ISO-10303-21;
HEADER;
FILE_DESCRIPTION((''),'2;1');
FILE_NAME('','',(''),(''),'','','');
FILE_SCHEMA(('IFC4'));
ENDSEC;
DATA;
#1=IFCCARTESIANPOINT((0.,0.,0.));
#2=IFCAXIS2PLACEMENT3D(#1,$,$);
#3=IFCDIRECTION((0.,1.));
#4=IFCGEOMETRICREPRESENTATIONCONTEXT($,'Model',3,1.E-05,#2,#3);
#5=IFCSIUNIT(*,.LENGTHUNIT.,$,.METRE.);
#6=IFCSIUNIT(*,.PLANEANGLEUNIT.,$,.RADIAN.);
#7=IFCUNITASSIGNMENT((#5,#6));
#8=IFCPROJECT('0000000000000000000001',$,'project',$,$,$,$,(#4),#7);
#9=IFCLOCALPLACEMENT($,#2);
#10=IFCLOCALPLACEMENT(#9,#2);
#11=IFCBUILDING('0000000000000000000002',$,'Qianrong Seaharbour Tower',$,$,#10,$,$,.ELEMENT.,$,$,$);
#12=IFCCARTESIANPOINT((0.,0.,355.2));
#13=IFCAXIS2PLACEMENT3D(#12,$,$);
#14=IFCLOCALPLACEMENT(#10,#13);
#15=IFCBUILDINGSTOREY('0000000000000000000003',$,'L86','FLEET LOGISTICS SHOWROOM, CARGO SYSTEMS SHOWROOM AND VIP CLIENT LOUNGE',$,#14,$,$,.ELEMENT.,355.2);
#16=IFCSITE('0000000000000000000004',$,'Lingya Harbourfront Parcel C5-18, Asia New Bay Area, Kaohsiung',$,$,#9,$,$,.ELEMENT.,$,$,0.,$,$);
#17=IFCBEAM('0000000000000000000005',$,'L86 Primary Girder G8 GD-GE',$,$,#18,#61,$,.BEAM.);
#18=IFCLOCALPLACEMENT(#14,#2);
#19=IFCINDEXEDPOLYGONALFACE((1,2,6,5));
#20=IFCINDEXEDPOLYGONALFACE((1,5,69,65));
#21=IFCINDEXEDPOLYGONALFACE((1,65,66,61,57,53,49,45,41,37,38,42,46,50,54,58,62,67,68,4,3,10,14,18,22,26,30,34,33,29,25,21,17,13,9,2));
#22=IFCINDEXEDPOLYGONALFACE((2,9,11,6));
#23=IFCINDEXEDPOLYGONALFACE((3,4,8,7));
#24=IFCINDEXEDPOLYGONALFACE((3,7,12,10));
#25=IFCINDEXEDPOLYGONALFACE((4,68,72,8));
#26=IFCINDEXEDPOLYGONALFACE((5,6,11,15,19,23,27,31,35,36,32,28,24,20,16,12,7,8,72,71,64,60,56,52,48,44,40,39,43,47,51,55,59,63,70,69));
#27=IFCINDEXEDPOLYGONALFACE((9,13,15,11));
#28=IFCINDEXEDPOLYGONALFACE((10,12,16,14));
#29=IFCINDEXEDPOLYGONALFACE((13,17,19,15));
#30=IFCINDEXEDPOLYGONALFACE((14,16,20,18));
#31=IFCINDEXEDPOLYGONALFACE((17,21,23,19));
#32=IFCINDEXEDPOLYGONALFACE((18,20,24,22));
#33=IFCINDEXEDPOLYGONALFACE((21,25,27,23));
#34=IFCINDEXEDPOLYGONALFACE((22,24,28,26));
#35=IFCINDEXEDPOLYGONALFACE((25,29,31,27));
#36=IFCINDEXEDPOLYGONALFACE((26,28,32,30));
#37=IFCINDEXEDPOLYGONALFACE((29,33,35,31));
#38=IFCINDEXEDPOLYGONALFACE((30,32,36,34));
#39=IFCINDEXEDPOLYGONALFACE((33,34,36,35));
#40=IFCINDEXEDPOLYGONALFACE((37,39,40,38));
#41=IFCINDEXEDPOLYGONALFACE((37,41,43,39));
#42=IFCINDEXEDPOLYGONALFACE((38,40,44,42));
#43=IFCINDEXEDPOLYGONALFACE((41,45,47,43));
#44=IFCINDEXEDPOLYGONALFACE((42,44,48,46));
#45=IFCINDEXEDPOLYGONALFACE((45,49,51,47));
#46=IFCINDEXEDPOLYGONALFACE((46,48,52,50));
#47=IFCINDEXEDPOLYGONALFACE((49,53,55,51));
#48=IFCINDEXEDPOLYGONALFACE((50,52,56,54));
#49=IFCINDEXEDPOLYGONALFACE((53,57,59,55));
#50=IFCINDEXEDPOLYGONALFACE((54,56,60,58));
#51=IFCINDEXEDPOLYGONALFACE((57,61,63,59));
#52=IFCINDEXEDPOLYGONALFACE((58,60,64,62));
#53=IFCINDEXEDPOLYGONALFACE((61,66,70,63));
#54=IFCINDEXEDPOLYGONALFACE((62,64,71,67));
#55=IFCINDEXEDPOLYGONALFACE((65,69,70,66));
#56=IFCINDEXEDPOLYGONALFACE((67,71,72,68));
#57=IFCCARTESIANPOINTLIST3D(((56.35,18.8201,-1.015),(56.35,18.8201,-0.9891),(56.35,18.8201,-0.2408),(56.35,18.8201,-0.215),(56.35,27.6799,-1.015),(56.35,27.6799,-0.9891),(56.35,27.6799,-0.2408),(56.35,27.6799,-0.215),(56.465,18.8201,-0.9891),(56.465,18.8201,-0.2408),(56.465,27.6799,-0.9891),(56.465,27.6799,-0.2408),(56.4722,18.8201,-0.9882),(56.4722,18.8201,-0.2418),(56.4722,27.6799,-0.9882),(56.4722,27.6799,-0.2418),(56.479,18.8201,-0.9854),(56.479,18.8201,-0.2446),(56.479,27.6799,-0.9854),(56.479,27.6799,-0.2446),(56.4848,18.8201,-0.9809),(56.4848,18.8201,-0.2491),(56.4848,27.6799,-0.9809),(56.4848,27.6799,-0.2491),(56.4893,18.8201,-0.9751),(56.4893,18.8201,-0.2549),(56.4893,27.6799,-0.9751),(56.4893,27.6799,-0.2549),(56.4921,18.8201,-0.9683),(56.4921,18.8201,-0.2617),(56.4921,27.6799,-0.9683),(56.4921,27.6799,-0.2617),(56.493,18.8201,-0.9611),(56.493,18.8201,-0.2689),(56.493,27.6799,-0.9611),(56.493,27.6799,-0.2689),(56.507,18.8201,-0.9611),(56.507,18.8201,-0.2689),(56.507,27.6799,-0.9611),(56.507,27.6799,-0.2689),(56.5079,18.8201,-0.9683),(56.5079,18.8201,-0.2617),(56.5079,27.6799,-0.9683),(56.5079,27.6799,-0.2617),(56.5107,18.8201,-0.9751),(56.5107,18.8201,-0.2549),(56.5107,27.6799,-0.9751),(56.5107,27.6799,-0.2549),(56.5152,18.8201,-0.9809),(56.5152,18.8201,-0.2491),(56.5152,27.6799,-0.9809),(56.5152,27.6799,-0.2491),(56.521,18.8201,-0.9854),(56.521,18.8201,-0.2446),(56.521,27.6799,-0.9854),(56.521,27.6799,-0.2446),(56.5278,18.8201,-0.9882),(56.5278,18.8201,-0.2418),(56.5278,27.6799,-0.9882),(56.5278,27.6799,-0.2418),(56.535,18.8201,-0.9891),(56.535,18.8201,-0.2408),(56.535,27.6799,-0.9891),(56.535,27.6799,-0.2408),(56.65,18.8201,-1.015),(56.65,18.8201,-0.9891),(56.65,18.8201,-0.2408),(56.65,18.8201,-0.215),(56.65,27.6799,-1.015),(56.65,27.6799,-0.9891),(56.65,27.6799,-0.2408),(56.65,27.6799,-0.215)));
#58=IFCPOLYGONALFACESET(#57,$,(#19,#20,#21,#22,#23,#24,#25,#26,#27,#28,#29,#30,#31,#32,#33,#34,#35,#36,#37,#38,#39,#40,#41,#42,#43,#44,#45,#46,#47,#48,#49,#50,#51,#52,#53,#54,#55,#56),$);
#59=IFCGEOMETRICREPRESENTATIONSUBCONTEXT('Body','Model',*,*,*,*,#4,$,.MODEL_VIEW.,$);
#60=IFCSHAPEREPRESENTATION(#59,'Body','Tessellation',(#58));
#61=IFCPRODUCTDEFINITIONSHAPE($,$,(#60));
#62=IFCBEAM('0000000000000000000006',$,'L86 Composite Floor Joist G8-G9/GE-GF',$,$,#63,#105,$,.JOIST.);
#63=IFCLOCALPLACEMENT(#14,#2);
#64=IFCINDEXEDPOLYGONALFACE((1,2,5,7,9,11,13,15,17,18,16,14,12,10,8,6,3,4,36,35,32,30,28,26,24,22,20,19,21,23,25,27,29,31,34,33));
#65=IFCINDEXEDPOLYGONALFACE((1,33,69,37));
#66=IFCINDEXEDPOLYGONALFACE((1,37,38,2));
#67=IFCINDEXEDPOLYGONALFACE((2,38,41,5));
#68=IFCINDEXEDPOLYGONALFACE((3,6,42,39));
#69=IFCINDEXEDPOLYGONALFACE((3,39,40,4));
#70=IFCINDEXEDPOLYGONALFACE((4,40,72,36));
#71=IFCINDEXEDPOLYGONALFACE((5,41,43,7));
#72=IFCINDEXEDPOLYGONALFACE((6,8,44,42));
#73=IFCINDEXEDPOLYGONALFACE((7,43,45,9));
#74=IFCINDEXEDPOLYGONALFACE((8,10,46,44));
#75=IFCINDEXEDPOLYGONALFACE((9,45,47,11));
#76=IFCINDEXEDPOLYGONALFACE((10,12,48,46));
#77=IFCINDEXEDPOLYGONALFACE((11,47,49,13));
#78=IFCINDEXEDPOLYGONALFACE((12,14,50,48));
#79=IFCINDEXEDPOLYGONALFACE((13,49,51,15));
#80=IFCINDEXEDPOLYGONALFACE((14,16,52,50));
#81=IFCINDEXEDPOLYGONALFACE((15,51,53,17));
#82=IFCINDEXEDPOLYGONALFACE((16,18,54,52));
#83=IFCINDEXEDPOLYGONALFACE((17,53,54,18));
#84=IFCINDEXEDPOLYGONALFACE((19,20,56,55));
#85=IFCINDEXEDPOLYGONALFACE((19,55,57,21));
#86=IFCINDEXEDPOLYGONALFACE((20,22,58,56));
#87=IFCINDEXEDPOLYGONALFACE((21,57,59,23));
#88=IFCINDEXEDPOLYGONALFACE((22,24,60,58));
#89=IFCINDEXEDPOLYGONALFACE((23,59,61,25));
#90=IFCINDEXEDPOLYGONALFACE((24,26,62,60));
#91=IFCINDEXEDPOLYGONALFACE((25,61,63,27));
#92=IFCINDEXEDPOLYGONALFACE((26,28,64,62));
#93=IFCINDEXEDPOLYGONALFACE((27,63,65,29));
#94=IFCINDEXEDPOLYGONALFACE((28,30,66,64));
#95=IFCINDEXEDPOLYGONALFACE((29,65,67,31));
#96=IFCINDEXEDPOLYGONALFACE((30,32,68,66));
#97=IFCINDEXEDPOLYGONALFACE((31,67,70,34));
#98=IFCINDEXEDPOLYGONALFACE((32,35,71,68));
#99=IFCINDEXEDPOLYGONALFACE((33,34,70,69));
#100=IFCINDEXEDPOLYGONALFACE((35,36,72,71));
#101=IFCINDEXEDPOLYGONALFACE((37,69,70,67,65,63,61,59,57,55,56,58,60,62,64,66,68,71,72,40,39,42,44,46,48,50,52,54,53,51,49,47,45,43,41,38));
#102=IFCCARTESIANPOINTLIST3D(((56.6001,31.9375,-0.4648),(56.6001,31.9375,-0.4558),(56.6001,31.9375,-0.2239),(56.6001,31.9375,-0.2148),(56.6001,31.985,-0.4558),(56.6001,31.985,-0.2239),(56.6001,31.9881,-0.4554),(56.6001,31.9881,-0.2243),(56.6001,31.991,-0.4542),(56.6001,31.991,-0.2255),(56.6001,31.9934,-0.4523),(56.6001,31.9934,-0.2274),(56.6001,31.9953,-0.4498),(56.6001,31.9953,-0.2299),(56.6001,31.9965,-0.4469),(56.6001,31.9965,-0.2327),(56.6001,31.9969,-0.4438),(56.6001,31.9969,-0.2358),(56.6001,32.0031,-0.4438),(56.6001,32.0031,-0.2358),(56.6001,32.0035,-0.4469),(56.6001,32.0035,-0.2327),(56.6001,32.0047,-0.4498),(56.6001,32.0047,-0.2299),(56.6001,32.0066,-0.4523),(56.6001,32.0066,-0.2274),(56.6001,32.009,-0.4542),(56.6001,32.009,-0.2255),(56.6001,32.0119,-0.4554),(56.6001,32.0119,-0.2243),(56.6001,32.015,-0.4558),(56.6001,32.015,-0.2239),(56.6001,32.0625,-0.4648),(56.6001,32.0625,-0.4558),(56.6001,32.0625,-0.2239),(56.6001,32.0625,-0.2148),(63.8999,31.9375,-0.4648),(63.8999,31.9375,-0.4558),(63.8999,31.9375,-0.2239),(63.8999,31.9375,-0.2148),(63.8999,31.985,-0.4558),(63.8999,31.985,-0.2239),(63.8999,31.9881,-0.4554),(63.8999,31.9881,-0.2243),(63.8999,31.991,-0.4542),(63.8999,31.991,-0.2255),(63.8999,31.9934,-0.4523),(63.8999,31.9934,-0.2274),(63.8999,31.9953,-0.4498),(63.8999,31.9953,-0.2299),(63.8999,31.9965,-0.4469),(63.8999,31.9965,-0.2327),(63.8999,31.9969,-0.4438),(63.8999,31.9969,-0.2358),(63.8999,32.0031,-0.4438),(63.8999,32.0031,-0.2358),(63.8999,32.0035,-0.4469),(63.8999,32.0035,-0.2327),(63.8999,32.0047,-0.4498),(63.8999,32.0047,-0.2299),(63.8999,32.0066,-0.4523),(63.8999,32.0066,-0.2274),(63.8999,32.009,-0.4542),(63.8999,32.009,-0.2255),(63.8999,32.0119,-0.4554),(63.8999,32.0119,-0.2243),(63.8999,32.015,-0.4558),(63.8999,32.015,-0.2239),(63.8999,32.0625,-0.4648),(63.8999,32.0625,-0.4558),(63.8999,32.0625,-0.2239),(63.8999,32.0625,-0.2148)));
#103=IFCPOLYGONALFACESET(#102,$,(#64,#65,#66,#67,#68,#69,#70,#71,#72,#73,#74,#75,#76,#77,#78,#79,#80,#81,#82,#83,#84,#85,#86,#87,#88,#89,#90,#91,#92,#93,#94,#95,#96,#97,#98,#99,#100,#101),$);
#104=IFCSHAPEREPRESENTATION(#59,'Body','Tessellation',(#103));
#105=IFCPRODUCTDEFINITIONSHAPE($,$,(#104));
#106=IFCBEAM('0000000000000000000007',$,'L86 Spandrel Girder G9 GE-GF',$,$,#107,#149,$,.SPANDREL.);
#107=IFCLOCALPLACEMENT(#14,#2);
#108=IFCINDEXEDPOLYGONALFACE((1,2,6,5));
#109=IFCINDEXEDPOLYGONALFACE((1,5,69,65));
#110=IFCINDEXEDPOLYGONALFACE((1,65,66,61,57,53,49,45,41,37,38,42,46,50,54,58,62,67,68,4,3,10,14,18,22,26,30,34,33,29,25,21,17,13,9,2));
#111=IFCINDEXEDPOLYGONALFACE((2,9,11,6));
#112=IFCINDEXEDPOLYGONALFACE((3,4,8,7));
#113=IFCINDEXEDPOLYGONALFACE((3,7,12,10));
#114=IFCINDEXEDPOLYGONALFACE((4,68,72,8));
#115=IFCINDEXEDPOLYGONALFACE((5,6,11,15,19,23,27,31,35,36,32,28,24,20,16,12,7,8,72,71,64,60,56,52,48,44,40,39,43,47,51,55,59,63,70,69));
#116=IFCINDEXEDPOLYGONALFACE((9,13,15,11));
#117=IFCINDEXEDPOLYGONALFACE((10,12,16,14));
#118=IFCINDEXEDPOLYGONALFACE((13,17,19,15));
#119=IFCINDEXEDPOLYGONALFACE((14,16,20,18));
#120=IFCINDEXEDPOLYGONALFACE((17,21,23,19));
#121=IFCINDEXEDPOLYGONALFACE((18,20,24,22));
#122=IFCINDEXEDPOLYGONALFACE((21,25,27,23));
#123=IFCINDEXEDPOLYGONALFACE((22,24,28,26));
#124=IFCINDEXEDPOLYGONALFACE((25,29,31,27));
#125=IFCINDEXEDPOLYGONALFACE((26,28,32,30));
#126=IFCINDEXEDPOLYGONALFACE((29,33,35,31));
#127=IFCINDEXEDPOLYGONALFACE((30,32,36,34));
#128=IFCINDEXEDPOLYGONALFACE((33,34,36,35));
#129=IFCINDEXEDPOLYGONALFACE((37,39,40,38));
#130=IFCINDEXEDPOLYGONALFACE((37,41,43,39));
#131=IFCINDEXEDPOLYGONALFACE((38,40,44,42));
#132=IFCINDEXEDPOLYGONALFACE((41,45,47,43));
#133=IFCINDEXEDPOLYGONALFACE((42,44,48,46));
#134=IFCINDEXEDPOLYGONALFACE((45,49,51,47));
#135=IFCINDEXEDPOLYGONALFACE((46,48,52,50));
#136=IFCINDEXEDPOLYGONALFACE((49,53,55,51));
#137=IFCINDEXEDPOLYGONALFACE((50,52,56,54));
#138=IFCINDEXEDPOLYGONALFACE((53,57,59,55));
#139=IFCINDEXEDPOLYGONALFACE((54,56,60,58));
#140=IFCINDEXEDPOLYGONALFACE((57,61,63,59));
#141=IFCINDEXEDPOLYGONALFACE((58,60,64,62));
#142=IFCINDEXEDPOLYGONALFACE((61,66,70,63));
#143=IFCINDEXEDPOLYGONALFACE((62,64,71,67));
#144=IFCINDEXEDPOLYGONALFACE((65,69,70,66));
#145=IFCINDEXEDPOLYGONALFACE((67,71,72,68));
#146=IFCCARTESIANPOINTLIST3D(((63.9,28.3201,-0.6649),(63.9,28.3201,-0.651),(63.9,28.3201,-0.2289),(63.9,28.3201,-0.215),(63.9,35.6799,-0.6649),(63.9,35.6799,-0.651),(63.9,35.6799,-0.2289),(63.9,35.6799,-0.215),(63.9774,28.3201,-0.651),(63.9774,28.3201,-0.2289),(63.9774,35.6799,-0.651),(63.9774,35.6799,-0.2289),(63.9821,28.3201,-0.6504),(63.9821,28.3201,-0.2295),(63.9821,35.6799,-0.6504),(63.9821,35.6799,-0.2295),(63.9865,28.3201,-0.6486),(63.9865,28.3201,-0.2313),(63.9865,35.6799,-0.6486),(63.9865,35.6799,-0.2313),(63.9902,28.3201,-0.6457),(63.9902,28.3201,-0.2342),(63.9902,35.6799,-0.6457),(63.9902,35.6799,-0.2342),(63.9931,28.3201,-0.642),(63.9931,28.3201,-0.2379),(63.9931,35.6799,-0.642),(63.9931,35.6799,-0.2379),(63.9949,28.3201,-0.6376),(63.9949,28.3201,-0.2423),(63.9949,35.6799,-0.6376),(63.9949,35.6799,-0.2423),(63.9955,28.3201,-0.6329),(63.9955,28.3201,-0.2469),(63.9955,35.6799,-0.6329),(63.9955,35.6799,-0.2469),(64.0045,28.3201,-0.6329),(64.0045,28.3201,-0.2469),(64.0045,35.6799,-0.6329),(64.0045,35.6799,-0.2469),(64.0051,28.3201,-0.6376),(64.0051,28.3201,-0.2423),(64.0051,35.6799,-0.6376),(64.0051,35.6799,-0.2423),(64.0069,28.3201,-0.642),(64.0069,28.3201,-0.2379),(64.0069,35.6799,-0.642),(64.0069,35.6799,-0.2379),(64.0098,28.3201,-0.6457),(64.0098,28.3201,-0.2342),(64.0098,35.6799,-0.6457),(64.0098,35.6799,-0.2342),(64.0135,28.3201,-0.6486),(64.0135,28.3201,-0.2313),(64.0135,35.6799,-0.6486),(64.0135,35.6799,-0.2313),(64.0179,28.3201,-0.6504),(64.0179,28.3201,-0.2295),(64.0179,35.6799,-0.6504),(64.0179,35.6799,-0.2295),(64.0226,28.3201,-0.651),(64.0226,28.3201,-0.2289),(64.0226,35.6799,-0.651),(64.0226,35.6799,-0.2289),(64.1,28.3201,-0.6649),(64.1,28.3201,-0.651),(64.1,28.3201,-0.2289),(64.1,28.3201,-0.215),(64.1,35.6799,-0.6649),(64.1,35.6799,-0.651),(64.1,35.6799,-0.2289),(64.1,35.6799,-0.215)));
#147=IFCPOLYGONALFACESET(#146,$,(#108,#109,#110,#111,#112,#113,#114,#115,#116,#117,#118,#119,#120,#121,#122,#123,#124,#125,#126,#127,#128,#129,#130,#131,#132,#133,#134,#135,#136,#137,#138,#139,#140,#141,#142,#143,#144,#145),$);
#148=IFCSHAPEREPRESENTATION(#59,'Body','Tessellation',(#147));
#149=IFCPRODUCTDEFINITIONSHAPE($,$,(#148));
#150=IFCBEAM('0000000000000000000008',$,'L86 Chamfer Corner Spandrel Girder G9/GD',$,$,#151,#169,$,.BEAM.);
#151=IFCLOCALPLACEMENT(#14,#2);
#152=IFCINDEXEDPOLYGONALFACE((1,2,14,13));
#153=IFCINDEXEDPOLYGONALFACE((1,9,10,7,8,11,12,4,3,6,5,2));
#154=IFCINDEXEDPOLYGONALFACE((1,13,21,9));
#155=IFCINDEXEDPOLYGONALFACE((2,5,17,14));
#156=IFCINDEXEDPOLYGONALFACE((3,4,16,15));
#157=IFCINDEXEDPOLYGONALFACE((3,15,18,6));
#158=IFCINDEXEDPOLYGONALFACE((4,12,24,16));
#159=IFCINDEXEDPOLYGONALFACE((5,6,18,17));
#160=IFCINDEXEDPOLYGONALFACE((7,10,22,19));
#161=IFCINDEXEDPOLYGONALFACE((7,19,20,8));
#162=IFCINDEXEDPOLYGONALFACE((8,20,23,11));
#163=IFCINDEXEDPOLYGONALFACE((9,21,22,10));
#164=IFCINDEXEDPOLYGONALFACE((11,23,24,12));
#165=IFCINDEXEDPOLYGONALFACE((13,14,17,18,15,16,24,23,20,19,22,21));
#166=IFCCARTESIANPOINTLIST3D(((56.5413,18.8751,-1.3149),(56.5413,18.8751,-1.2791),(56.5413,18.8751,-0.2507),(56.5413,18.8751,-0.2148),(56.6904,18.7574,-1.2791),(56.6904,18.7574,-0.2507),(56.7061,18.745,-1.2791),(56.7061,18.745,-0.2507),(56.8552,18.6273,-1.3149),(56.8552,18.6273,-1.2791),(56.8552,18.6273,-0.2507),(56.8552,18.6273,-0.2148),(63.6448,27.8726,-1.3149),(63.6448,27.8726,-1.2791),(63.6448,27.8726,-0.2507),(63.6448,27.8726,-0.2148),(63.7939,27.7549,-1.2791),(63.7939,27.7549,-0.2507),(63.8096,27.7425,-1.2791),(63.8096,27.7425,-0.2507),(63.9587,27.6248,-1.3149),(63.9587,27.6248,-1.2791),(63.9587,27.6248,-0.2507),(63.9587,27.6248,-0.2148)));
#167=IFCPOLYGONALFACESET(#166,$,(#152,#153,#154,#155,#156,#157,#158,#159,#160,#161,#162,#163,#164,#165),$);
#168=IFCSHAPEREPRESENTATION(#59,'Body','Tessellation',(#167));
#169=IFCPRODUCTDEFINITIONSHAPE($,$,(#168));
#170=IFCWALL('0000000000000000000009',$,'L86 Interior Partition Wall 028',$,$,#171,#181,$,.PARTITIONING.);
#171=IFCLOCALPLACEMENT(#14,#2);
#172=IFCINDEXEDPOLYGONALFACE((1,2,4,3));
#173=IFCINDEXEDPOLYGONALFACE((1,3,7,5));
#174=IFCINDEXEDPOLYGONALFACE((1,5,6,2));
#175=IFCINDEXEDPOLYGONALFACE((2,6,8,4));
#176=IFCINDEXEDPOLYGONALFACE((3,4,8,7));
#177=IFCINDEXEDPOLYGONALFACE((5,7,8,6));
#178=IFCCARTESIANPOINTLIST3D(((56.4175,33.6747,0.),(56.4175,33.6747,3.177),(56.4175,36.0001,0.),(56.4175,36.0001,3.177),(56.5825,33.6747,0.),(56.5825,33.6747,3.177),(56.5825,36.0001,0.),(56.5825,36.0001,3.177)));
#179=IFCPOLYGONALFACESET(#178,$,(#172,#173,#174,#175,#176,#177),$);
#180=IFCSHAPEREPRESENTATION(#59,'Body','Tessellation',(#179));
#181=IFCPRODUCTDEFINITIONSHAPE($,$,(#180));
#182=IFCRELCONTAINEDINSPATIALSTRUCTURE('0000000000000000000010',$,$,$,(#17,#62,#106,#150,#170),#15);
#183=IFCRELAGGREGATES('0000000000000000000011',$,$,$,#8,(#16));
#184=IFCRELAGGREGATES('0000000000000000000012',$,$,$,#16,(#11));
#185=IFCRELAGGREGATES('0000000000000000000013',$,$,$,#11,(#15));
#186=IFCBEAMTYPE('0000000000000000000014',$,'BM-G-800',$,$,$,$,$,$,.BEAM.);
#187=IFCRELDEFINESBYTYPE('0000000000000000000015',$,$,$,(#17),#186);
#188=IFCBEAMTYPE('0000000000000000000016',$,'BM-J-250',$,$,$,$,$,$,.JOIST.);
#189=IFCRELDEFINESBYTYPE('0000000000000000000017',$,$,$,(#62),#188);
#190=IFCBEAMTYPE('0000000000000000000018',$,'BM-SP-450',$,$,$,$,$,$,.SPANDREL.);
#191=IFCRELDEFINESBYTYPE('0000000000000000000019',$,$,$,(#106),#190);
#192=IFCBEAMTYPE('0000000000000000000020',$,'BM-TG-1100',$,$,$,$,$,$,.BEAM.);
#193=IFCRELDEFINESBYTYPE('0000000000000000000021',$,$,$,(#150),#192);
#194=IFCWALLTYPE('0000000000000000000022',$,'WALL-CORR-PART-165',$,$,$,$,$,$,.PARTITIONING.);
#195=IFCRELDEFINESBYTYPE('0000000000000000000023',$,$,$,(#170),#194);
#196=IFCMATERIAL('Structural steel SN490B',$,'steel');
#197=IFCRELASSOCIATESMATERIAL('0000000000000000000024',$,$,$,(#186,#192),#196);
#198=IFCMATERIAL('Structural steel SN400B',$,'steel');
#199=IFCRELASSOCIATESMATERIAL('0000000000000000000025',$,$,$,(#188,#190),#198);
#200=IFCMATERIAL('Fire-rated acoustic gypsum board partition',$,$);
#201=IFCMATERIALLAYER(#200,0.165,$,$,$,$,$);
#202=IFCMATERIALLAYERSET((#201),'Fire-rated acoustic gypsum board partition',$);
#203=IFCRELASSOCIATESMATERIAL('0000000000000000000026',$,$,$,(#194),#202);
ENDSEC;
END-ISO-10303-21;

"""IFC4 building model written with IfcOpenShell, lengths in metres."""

from ifc_helpers import new_model, si_unit, direction, frame, frame_2d, origin, origin_2d, place, context, subcontext, project, spatial, rectangle, i_section, extrude, material, layer, layer_set, material_profile, profile_set, type_object, element, save


model = new_model("IFC4")

# Units and contexts
model_context = context("Model", 3, precision=1e-05, world=origin(), true_north=direction((0.0, 1.0)))
body_context = subcontext(model_context, "Body", "Model", "MODEL_VIEW")
ifc_project = project(units=[si_unit("LENGTHUNIT", "METRE"), si_unit("PLANEANGLEUNIT", "RADIAN")], contexts=[model_context])

# Site, building, storey
site_placement = place(None, origin())
site = spatial("IfcSite", under=ifc_project, at=site_placement, Name="Lingya Harbourfront Parcel C5-18, Asia New Bay Area, Kaohsiung", CompositionType="ELEMENT", RefElevation=0.0)
building_placement = place(site_placement, origin())
building = spatial("IfcBuilding", under=site, at=building_placement, Name="Qianrong Seaharbour Tower", CompositionType="ELEMENT")
storey_placement = place(building_placement, frame((0.0, 0.0, 355.2)))
storey = spatial("IfcBuildingStorey", under=building, at=storey_placement, Name="L86", Description="FLEET LOGISTICS SHOWROOM, CARGO SYSTEMS SHOWROOM AND VIP CLIENT LOUNGE", CompositionType="ELEMENT", Elevation=355.2)

# Shared definitions
ifc_material_1 = material(Name="Structural steel SN490B", Category="steel")
ifc_material_2 = material(Name="Structural steel SN400B", Category="steel")

# Beams
ifc_material_profile_1 = material_profile(ifc_material_1, i_section(OverallWidth=0.3, OverallDepth=0.8, WebThickness=0.0139, FlangeThickness=0.0259, FilletRadius=0.0281, at=origin_2d()), Name="H800x300x14x26")
ifc_profile_set_1 = profile_set([ifc_material_profile_1], Name="Structural steel SN490B")
beam_type_1 = type_object("IfcBeamType", Name="BM-G-800", PredefinedType="BEAM", material=ifc_profile_set_1)
beam_1_placement = place(storey_placement, frame((56.5, 18.8201, -0.615), z_axis=(0.0, 1.0, 0.0), x_axis=(-1.0, 0.0, 0.0)))
element("IfcBeam", 1, at=beam_1_placement, inside=storey, type_object=beam_type_1, Name="L86 Primary Girder G8 GD-GE", PredefinedType="BEAM", context=body_context, shape_type="SweptSolid", body=[
    extrude(i_section(OverallWidth=0.3, OverallDepth=0.8, WebThickness=0.0139, FlangeThickness=0.0259, FilletRadius=0.0281, at=origin_2d()), origin(), (0.0, 0.0, 1.0), 8.8599),
])
ifc_material_profile_2 = material_profile(ifc_material_2, i_section(OverallWidth=0.125, OverallDepth=0.25, WebThickness=0.0061, FlangeThickness=0.009, FilletRadius=0.012, at=origin_2d()), Name="H250x125x6x9")
ifc_profile_set_2 = profile_set([ifc_material_profile_2], Name="Structural steel SN400B")
beam_type_2 = type_object("IfcBeamType", Name="BM-J-250", PredefinedType="JOIST", material=ifc_profile_set_2)
beam_2_placement = place(storey_placement, frame((56.6001, 32.0, -0.3398), z_axis=(1.0, 0.0, 0.0), x_axis=(0.0, 1.0, 0.0)))
element("IfcBeam", 2, at=beam_2_placement, inside=storey, type_object=beam_type_2, Name="L86 Composite Floor Joist G8-G9/GE-GF", PredefinedType="JOIST", context=body_context, shape_type="SweptSolid", body=[
    extrude(i_section(OverallWidth=0.125, OverallDepth=0.25, WebThickness=0.0061, FlangeThickness=0.009, FilletRadius=0.012, at=origin_2d()), origin(), (0.0, 0.0, 1.0), 7.2998),
])
ifc_material_profile_3 = material_profile(ifc_material_2, i_section(OverallWidth=0.2, OverallDepth=0.45, WebThickness=0.009, FlangeThickness=0.0139, FilletRadius=0.0181, at=origin_2d()), Name="H450x200x9x14")
ifc_profile_set_3 = profile_set([ifc_material_profile_3], Name="Structural steel SN400B")
beam_type_3 = type_object("IfcBeamType", Name="BM-SP-450", PredefinedType="SPANDREL", material=ifc_profile_set_3)
beam_3_placement = place(storey_placement, frame((64.0, 28.3201, -0.4399), z_axis=(0.0, 1.0, 0.0), x_axis=(-1.0, 0.0, 0.0)))
element("IfcBeam", 3, at=beam_3_placement, inside=storey, type_object=beam_type_3, Name="L86 Spandrel Girder G9 GE-GF", PredefinedType="SPANDREL", context=body_context, shape_type="SweptSolid", body=[
    extrude(i_section(OverallWidth=0.2, OverallDepth=0.45, WebThickness=0.009, FlangeThickness=0.0139, FilletRadius=0.0181, at=origin_2d()), origin(), (0.0, 0.0, 1.0), 7.3599),
])
ifc_material_profile_4 = material_profile(ifc_material_1, i_section(OverallWidth=0.3999, OverallDepth=1.1001, WebThickness=0.02, FlangeThickness=0.0359, at=origin_2d()), Name="BH1100x400x20x36")
ifc_profile_set_4 = profile_set([ifc_material_profile_4], Name="Structural steel SN490B")
beam_type_4 = type_object("IfcBeamType", Name="BM-TG-1100", PredefinedType="BEAM", material=ifc_profile_set_4)
beam_4_placement = place(storey_placement, frame((56.6982, 18.7512, -0.7649), z_axis=(0.619654, 0.784875, 0.0), x_axis=(-0.784875, 0.619654, 0.0)))
element("IfcBeam", 4, at=beam_4_placement, inside=storey, type_object=beam_type_4, Name="L86 Chamfer Corner Spandrel Girder G9/GD", PredefinedType="BEAM", context=body_context, shape_type="SweptSolid", body=[
    extrude(i_section(OverallWidth=0.3999, OverallDepth=1.1001, WebThickness=0.02, FlangeThickness=0.0359, at=origin_2d()), origin(), (0.0, 0.0, 1.0), 11.4636),
])

# Wall
ifc_material_3 = material(Name="Fire-rated acoustic gypsum board partition")
ifc_layer_1 = layer(ifc_material_3, 0.165)
ifc_layer_set_1 = layer_set([ifc_layer_1], Name="Fire-rated acoustic gypsum board partition")
wall_type_1 = type_object("IfcWallType", Name="WALL-CORR-PART-165", PredefinedType="PARTITIONING", material=ifc_layer_set_1)
wall_1_placement = place(storey_placement, frame((56.5, 36.0, 0.0), z_axis=(0.0, 0.0, 1.0), x_axis=(0.0, -1.0, 0.0)))
element("IfcWall", 5, at=wall_1_placement, inside=storey, type_object=wall_type_1, Name="L86 Interior Partition Wall 028", PredefinedType="PARTITIONING", context=body_context, shape_type="SweptSolid", body=[
    extrude(rectangle(XDim=2.3254, YDim=0.165, at=frame_2d((1.1626, 0.0))), origin(), (0.0, 0.0, 1.0), 3.177),
])

save(model, "model.ifc")
